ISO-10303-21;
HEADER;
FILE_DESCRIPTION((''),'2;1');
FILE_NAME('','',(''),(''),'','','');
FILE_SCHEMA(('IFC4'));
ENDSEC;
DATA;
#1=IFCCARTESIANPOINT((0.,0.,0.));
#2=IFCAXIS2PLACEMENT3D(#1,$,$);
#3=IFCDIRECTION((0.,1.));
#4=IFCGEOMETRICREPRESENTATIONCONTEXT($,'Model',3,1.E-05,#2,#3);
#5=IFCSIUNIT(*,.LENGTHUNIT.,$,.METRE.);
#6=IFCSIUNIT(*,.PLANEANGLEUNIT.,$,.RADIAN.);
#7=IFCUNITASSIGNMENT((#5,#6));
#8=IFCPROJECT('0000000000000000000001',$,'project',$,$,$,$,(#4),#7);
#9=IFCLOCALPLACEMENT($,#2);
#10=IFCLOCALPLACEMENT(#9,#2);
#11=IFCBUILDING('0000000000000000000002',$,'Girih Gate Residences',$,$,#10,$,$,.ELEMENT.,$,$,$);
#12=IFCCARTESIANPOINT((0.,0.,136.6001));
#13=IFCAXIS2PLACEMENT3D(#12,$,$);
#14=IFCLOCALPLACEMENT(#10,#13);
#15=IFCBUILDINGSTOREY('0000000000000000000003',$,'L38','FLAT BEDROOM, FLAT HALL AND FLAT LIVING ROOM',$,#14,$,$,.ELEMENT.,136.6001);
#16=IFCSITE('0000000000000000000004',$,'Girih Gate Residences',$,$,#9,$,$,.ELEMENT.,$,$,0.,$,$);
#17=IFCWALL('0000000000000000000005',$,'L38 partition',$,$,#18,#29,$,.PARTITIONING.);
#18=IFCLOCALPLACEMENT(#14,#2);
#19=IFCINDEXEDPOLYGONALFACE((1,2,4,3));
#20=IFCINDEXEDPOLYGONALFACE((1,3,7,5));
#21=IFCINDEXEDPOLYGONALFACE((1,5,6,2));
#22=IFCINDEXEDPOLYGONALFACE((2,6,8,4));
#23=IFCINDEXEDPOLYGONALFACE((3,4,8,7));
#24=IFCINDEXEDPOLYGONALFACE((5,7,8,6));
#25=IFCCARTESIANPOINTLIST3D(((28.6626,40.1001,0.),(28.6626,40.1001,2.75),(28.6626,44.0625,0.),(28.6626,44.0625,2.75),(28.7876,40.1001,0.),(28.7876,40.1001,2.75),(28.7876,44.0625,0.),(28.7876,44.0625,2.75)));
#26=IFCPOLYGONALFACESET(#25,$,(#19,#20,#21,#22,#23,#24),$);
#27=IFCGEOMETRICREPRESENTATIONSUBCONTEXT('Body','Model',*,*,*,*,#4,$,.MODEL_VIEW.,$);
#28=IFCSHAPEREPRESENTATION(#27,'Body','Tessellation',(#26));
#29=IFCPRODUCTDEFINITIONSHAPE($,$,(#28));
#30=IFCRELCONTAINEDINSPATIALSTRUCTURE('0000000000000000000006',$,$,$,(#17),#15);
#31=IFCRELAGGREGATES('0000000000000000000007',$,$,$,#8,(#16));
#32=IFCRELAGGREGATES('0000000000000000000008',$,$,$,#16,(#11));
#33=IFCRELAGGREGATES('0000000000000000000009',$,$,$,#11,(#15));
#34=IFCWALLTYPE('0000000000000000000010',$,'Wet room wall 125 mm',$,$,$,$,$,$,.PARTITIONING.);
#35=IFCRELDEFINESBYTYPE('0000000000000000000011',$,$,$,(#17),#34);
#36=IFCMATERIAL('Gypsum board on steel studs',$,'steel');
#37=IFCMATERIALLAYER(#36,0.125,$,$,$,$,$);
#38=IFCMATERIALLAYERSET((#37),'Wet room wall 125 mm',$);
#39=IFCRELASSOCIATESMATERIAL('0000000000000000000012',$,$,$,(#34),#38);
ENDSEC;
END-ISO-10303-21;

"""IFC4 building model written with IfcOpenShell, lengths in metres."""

from ifc_helpers import new_model, si_unit, direction, frame, frame_2d, origin, place, context, subcontext, project, spatial, rectangle, extrude, material, layer, layer_set, type_object, element, save


model = new_model("IFC4")

# Units and contexts
model_context = context("Model", 3, precision=1e-05, world=origin(), true_north=direction((0.0, 1.0)))
body_context = subcontext(model_context, "Body", "Model", "MODEL_VIEW")
ifc_project = project(units=[si_unit("LENGTHUNIT", "METRE"), si_unit("PLANEANGLEUNIT", "RADIAN")], contexts=[model_context])

# Site, building, storey
site_placement = place(None, origin())
site = spatial("IfcSite", under=ifc_project, at=site_placement, Name="Girih Gate Residences", CompositionType="ELEMENT", RefElevation=0.0)
building_placement = place(site_placement, origin())
building = spatial("IfcBuilding", under=site, at=building_placement, Name="Girih Gate Residences", CompositionType="ELEMENT")
storey_placement = place(building_placement, frame((0.0, 0.0, 136.6001)))
storey = spatial("IfcBuildingStorey", under=building, at=storey_placement, Name="L38", Description="FLAT BEDROOM, FLAT HALL AND FLAT LIVING ROOM", CompositionType="ELEMENT", Elevation=136.6001)

# Shared definitions
ifc_material_1 = material(Name="Gypsum board on steel studs", Category="steel")

# Wall
ifc_layer_1 = layer(ifc_material_1, 0.125)
ifc_layer_set_1 = layer_set([ifc_layer_1], Name="Wet room wall 125 mm")
wall_type_1 = type_object("IfcWallType", Name="Wet room wall 125 mm", PredefinedType="PARTITIONING", material=ifc_layer_set_1)
wall_1_placement = place(storey_placement, frame((28.7251, 40.1001, 0.0), z_axis=(0.0, 0.0, 1.0), x_axis=(0.0, 1.0, 0.0)))
element("IfcWall", 1, at=wall_1_placement, inside=storey, type_object=wall_type_1, Name="L38 partition", PredefinedType="PARTITIONING", context=body_context, shape_type="SweptSolid", body=[
    extrude(rectangle(XDim=3.9624, YDim=0.125, at=frame_2d((1.9812, 0.0))), origin(), (0.0, 0.0, 1.0), 2.75),
])

save(model, "model.ifc")
